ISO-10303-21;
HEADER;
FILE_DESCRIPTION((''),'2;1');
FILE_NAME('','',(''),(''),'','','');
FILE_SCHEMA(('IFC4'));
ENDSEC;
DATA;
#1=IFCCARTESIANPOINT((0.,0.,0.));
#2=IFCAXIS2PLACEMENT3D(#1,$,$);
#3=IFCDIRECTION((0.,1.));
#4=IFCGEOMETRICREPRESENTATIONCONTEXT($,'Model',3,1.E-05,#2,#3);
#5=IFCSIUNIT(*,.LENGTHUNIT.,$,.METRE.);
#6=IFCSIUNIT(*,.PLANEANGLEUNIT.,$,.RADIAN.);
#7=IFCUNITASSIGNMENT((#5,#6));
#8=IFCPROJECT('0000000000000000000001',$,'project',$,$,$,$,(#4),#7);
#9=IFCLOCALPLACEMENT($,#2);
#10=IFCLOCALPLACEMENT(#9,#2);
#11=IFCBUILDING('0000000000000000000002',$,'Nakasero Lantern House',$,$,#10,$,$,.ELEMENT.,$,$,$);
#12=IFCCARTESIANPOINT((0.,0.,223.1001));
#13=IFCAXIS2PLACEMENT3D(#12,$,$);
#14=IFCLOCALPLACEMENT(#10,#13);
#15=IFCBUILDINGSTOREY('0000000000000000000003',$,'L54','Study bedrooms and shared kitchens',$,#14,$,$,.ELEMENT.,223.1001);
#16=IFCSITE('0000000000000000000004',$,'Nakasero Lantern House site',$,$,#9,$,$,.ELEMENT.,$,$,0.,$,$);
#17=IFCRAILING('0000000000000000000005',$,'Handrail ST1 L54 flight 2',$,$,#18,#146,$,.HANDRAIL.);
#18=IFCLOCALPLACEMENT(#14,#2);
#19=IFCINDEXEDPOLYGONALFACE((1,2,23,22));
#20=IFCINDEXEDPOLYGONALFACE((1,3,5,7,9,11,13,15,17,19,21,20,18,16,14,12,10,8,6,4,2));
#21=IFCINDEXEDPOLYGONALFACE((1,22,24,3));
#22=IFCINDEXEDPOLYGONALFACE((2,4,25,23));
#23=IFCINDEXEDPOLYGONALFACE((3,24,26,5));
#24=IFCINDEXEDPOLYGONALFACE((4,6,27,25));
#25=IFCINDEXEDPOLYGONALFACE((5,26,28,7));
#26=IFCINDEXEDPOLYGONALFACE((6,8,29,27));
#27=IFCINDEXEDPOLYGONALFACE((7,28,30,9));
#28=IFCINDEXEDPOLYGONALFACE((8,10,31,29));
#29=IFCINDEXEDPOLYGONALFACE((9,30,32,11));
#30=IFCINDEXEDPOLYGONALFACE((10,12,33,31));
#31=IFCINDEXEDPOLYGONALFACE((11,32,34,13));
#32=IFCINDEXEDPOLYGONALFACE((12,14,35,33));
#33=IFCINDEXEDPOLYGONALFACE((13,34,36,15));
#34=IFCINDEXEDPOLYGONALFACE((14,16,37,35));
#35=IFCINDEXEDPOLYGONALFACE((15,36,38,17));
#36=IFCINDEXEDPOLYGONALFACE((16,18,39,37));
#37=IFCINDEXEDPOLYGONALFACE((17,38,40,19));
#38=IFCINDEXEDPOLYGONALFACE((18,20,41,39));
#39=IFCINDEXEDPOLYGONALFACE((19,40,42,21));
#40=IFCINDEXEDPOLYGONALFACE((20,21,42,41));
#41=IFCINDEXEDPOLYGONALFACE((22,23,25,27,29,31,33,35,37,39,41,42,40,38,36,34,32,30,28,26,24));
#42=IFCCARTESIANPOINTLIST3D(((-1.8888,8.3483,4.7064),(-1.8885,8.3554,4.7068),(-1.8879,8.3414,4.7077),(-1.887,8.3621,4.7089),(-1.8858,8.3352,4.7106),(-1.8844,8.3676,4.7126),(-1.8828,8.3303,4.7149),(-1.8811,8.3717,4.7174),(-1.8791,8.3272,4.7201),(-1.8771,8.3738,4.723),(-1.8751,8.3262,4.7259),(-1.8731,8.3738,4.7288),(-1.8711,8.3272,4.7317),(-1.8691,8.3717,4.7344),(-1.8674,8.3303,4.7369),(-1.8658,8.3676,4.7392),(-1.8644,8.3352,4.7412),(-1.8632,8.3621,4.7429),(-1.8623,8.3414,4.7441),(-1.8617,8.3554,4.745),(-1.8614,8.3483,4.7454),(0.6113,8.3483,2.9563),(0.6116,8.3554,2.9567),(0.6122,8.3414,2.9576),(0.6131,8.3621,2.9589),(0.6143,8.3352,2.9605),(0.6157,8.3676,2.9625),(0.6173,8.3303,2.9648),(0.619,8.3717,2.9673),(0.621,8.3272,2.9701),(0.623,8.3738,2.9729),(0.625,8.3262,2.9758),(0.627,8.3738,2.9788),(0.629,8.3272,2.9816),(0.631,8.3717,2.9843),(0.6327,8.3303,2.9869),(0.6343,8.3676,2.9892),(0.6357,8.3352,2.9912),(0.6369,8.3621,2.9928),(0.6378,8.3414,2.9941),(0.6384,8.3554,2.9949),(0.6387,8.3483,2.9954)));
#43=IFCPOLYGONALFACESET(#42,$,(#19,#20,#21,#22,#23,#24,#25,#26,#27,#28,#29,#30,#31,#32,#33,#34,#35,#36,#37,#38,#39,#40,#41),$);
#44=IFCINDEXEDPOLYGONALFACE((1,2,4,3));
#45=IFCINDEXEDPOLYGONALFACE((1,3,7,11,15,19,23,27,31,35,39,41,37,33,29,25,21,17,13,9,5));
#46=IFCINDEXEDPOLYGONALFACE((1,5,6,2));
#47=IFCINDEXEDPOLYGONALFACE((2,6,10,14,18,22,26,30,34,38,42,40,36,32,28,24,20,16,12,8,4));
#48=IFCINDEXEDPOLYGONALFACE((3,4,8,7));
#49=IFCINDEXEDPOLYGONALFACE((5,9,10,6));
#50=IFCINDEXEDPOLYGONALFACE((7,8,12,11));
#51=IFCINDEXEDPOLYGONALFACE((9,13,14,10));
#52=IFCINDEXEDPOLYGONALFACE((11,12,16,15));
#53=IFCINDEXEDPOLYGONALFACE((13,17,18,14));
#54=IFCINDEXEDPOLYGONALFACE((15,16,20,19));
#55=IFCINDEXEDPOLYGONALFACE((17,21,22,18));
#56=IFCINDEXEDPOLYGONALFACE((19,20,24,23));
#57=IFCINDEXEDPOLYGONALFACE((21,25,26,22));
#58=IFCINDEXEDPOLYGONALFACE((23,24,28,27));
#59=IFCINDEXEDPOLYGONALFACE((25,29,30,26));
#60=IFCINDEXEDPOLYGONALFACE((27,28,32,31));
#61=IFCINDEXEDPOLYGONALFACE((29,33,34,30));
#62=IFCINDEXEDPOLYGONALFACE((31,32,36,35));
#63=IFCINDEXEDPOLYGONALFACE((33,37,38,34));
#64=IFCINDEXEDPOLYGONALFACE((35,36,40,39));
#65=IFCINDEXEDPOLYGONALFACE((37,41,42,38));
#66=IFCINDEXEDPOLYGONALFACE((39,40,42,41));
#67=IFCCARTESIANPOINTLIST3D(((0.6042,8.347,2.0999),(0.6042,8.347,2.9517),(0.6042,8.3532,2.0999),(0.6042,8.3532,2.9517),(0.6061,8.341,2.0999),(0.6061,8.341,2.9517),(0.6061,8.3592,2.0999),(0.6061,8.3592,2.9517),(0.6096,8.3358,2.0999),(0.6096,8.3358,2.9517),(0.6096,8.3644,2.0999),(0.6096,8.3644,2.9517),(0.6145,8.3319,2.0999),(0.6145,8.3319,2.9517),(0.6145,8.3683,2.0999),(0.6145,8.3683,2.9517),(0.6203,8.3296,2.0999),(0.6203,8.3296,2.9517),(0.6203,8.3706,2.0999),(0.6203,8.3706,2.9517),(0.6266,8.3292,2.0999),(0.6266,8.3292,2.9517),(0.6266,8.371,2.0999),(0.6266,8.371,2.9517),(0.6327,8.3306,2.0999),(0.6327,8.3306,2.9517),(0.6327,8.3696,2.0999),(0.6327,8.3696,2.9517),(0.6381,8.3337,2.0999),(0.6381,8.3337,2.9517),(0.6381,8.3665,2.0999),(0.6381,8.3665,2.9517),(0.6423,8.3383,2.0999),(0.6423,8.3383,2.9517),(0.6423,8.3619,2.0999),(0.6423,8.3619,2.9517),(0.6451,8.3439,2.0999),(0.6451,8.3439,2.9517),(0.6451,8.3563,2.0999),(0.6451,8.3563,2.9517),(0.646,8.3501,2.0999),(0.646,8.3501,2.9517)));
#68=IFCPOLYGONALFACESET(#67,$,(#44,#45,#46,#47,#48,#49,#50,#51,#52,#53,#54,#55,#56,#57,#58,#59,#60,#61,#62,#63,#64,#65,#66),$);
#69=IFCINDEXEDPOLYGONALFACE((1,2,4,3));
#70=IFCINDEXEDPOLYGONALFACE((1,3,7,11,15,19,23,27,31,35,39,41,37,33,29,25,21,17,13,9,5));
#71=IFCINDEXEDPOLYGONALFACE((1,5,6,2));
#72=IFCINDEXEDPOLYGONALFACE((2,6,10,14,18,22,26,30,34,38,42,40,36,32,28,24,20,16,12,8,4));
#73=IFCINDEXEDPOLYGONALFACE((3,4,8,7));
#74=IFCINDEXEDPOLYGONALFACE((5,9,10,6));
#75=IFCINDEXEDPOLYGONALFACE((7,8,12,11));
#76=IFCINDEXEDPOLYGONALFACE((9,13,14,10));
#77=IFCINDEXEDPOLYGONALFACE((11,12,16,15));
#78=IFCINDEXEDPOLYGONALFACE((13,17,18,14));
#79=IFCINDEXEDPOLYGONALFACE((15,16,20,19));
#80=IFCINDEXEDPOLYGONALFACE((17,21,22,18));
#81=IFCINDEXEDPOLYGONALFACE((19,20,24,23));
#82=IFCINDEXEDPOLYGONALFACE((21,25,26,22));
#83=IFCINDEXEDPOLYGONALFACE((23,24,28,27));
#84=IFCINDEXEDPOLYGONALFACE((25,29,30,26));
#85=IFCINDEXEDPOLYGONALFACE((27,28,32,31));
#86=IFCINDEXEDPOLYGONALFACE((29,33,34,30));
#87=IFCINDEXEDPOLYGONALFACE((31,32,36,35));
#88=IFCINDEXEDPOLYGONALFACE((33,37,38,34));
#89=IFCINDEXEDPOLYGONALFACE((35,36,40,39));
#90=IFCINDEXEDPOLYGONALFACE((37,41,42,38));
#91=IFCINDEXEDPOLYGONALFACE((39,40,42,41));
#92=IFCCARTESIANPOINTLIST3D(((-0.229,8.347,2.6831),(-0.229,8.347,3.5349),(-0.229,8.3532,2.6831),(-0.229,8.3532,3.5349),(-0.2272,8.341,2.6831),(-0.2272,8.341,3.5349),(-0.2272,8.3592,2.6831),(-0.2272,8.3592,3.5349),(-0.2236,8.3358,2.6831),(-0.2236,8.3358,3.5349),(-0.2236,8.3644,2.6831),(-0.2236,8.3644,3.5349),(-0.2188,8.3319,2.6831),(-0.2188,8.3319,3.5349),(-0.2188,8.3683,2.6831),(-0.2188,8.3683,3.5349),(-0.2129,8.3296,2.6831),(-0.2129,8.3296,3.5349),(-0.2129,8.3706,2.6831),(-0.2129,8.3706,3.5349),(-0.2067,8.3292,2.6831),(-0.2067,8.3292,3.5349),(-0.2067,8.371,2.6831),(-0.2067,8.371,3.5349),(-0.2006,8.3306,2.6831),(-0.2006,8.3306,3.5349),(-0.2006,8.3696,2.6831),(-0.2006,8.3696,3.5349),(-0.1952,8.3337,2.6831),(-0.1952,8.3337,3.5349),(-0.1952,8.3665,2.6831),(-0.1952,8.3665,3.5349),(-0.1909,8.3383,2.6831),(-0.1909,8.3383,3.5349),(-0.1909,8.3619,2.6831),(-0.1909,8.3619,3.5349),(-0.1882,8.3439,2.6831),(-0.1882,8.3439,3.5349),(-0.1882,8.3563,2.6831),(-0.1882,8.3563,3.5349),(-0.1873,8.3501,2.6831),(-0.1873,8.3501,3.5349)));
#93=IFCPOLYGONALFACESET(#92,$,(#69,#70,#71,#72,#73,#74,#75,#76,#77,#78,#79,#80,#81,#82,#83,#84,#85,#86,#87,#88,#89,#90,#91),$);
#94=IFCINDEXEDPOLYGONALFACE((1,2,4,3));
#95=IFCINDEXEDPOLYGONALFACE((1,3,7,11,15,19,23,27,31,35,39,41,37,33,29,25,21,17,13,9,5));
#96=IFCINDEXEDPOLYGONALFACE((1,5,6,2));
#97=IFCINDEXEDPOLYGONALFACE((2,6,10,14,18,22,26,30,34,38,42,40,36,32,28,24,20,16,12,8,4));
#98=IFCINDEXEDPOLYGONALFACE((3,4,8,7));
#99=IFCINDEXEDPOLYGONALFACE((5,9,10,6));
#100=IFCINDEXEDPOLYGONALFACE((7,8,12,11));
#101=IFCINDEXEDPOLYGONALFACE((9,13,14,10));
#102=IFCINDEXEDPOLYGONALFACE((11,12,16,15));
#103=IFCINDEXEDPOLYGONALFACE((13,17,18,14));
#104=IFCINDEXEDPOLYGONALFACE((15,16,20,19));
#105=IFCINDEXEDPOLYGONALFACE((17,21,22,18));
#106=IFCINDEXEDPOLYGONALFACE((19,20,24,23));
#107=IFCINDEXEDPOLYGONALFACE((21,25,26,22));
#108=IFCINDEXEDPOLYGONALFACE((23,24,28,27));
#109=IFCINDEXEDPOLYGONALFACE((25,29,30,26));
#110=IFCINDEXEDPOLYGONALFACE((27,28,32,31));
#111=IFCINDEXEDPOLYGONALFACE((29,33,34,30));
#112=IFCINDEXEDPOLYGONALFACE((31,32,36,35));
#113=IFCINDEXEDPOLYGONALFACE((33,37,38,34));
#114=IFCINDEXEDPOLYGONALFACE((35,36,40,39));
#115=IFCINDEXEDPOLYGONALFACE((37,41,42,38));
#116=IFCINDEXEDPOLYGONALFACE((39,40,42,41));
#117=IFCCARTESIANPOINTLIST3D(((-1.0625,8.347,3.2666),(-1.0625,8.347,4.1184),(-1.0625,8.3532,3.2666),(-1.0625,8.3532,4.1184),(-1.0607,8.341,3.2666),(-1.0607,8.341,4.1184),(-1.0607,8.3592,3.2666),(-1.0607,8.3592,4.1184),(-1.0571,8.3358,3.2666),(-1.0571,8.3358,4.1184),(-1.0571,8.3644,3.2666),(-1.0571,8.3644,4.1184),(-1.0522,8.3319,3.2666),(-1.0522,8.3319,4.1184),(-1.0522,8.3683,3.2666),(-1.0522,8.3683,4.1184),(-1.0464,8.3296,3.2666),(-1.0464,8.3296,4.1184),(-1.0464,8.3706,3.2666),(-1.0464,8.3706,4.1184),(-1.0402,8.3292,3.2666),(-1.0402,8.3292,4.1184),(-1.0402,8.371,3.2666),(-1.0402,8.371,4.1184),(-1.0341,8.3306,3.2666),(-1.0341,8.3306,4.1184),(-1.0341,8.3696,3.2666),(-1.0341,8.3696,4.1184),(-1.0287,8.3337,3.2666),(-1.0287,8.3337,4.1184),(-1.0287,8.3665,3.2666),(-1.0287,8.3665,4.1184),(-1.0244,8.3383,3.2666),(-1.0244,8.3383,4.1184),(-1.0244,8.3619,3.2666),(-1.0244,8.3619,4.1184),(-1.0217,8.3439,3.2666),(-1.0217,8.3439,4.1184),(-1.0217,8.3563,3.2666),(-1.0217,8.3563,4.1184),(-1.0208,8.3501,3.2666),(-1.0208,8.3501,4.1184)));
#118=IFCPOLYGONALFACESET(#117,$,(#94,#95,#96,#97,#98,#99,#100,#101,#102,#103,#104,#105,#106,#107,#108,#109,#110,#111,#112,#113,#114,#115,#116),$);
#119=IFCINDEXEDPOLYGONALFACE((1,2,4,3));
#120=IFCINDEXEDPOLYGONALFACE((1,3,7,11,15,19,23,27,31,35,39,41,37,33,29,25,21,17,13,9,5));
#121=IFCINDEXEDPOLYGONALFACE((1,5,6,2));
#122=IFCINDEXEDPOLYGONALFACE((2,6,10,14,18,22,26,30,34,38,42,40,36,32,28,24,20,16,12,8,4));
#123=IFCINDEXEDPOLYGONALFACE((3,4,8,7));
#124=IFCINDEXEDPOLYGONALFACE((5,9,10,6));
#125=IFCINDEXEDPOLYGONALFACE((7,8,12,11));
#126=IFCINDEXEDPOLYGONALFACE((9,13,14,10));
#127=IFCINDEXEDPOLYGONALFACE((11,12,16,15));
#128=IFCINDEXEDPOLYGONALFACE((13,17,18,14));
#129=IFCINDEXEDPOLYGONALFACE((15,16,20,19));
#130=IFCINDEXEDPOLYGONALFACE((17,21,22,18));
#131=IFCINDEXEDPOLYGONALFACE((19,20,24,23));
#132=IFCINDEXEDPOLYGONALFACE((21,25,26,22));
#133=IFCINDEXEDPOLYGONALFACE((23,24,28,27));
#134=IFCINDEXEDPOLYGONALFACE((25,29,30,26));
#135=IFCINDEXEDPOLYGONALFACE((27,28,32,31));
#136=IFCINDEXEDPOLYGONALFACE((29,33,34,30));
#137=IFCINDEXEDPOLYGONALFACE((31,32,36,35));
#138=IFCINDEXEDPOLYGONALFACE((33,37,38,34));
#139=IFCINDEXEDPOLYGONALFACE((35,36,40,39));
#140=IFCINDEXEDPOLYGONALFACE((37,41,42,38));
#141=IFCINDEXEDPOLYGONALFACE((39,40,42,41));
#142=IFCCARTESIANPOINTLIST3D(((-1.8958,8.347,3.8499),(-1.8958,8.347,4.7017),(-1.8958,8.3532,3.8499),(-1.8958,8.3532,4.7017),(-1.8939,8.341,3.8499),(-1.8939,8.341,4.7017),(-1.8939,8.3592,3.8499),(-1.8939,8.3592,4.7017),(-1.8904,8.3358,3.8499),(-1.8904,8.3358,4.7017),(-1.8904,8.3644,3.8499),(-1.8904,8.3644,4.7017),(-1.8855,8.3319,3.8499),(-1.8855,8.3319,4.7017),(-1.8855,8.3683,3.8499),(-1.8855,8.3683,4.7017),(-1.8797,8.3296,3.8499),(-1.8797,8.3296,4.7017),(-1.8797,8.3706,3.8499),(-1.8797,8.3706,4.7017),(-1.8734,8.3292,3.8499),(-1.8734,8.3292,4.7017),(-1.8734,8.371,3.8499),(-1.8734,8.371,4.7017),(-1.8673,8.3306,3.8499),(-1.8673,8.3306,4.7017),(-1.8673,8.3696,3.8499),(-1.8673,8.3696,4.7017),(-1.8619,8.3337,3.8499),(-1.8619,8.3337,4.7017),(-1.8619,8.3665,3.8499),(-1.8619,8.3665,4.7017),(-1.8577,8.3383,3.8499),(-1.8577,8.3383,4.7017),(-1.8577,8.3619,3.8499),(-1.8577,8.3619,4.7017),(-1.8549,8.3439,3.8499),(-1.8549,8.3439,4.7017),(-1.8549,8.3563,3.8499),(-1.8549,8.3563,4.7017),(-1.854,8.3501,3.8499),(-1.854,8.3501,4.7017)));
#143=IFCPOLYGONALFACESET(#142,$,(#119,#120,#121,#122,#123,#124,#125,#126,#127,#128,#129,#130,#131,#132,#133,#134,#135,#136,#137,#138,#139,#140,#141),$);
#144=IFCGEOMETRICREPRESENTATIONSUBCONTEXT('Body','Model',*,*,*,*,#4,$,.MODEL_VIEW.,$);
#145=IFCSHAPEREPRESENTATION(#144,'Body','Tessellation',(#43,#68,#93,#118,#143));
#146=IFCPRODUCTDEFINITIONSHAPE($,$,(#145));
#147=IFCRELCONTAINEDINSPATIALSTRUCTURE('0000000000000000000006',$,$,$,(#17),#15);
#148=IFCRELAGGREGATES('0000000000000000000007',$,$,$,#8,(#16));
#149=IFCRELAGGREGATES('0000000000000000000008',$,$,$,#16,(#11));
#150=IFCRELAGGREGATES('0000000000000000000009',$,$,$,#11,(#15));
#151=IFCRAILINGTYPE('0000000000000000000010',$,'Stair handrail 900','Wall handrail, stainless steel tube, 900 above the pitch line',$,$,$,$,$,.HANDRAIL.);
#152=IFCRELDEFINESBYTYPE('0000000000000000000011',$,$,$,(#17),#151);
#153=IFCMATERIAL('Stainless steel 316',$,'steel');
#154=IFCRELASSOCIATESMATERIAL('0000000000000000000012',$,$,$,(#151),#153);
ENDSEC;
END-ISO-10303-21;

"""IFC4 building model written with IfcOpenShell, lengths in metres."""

from ifc_helpers import new_model, si_unit, direction, frame, origin, origin_2d, place, context, subcontext, project, spatial, circle, extrude, material, type_object, element, save


model = new_model("IFC4")

# Units and contexts
model_context = context("Model", 3, precision=1e-05, world=origin(), true_north=direction((0.0, 1.0)))
body_context = subcontext(model_context, "Body", "Model", "MODEL_VIEW")
ifc_project = project(units=[si_unit("LENGTHUNIT", "METRE"), si_unit("PLANEANGLEUNIT", "RADIAN")], contexts=[model_context])

# Site, building, storey
site_placement = place(None, origin())
site = spatial("IfcSite", under=ifc_project, at=site_placement, Name="Nakasero Lantern House site", CompositionType="ELEMENT", RefElevation=0.0)
building_placement = place(site_placement, origin())
building = spatial("IfcBuilding", under=site, at=building_placement, Name="Nakasero Lantern House", CompositionType="ELEMENT")
storey_placement = place(building_placement, frame((0.0, 0.0, 223.1001)))
storey = spatial("IfcBuildingStorey", under=building, at=storey_placement, Name="L54", Description="Study bedrooms and shared kitchens", CompositionType="ELEMENT", Elevation=223.1001)

# Railing
ifc_material_1 = material(Name="Stainless steel 316", Category="steel")
railing_type = type_object("IfcRailingType", Name="Stair handrail 900", Description="Wall handrail, stainless steel tube, 900 above the pitch line", PredefinedType="HANDRAIL", material=ifc_material_1)
railing_placement = place(storey_placement, frame((0.625, 8.3501, 2.0999)))
element("IfcRailing", 1, at=railing_placement, inside=storey, type_object=railing_type, Name="Handrail ST1 L54 flight 2", PredefinedType="HANDRAIL", context=body_context, shape_type="SweptSolid", body=[
    extrude(circle(Radius=0.0239, at=origin_2d()), frame((0.0, 0.0, 0.876), z_axis=(-0.819232, 0.0, 0.573462), x_axis=(0.0, -1.0, 0.0)), (0.0, 0.0, 1.0), 3.0518),
    extrude(circle(Radius=0.021, at=origin_2d()), origin(), (0.0, 0.0, 1.0), 0.8518),
    extrude(circle(Radius=0.021, at=origin_2d()), frame((-0.8333, 0.0, 0.5833)), (0.0, 0.0, 1.0), 0.8518),
    extrude(circle(Radius=0.021, at=origin_2d()), frame((-1.6667, 0.0, 1.1667)), (0.0, 0.0, 1.0), 0.8518),
    extrude(circle(Radius=0.021, at=origin_2d()), frame((-2.5, 0.0, 1.75)), (0.0, 0.0, 1.0), 0.8518),
])

save(model, "model.ifc")
